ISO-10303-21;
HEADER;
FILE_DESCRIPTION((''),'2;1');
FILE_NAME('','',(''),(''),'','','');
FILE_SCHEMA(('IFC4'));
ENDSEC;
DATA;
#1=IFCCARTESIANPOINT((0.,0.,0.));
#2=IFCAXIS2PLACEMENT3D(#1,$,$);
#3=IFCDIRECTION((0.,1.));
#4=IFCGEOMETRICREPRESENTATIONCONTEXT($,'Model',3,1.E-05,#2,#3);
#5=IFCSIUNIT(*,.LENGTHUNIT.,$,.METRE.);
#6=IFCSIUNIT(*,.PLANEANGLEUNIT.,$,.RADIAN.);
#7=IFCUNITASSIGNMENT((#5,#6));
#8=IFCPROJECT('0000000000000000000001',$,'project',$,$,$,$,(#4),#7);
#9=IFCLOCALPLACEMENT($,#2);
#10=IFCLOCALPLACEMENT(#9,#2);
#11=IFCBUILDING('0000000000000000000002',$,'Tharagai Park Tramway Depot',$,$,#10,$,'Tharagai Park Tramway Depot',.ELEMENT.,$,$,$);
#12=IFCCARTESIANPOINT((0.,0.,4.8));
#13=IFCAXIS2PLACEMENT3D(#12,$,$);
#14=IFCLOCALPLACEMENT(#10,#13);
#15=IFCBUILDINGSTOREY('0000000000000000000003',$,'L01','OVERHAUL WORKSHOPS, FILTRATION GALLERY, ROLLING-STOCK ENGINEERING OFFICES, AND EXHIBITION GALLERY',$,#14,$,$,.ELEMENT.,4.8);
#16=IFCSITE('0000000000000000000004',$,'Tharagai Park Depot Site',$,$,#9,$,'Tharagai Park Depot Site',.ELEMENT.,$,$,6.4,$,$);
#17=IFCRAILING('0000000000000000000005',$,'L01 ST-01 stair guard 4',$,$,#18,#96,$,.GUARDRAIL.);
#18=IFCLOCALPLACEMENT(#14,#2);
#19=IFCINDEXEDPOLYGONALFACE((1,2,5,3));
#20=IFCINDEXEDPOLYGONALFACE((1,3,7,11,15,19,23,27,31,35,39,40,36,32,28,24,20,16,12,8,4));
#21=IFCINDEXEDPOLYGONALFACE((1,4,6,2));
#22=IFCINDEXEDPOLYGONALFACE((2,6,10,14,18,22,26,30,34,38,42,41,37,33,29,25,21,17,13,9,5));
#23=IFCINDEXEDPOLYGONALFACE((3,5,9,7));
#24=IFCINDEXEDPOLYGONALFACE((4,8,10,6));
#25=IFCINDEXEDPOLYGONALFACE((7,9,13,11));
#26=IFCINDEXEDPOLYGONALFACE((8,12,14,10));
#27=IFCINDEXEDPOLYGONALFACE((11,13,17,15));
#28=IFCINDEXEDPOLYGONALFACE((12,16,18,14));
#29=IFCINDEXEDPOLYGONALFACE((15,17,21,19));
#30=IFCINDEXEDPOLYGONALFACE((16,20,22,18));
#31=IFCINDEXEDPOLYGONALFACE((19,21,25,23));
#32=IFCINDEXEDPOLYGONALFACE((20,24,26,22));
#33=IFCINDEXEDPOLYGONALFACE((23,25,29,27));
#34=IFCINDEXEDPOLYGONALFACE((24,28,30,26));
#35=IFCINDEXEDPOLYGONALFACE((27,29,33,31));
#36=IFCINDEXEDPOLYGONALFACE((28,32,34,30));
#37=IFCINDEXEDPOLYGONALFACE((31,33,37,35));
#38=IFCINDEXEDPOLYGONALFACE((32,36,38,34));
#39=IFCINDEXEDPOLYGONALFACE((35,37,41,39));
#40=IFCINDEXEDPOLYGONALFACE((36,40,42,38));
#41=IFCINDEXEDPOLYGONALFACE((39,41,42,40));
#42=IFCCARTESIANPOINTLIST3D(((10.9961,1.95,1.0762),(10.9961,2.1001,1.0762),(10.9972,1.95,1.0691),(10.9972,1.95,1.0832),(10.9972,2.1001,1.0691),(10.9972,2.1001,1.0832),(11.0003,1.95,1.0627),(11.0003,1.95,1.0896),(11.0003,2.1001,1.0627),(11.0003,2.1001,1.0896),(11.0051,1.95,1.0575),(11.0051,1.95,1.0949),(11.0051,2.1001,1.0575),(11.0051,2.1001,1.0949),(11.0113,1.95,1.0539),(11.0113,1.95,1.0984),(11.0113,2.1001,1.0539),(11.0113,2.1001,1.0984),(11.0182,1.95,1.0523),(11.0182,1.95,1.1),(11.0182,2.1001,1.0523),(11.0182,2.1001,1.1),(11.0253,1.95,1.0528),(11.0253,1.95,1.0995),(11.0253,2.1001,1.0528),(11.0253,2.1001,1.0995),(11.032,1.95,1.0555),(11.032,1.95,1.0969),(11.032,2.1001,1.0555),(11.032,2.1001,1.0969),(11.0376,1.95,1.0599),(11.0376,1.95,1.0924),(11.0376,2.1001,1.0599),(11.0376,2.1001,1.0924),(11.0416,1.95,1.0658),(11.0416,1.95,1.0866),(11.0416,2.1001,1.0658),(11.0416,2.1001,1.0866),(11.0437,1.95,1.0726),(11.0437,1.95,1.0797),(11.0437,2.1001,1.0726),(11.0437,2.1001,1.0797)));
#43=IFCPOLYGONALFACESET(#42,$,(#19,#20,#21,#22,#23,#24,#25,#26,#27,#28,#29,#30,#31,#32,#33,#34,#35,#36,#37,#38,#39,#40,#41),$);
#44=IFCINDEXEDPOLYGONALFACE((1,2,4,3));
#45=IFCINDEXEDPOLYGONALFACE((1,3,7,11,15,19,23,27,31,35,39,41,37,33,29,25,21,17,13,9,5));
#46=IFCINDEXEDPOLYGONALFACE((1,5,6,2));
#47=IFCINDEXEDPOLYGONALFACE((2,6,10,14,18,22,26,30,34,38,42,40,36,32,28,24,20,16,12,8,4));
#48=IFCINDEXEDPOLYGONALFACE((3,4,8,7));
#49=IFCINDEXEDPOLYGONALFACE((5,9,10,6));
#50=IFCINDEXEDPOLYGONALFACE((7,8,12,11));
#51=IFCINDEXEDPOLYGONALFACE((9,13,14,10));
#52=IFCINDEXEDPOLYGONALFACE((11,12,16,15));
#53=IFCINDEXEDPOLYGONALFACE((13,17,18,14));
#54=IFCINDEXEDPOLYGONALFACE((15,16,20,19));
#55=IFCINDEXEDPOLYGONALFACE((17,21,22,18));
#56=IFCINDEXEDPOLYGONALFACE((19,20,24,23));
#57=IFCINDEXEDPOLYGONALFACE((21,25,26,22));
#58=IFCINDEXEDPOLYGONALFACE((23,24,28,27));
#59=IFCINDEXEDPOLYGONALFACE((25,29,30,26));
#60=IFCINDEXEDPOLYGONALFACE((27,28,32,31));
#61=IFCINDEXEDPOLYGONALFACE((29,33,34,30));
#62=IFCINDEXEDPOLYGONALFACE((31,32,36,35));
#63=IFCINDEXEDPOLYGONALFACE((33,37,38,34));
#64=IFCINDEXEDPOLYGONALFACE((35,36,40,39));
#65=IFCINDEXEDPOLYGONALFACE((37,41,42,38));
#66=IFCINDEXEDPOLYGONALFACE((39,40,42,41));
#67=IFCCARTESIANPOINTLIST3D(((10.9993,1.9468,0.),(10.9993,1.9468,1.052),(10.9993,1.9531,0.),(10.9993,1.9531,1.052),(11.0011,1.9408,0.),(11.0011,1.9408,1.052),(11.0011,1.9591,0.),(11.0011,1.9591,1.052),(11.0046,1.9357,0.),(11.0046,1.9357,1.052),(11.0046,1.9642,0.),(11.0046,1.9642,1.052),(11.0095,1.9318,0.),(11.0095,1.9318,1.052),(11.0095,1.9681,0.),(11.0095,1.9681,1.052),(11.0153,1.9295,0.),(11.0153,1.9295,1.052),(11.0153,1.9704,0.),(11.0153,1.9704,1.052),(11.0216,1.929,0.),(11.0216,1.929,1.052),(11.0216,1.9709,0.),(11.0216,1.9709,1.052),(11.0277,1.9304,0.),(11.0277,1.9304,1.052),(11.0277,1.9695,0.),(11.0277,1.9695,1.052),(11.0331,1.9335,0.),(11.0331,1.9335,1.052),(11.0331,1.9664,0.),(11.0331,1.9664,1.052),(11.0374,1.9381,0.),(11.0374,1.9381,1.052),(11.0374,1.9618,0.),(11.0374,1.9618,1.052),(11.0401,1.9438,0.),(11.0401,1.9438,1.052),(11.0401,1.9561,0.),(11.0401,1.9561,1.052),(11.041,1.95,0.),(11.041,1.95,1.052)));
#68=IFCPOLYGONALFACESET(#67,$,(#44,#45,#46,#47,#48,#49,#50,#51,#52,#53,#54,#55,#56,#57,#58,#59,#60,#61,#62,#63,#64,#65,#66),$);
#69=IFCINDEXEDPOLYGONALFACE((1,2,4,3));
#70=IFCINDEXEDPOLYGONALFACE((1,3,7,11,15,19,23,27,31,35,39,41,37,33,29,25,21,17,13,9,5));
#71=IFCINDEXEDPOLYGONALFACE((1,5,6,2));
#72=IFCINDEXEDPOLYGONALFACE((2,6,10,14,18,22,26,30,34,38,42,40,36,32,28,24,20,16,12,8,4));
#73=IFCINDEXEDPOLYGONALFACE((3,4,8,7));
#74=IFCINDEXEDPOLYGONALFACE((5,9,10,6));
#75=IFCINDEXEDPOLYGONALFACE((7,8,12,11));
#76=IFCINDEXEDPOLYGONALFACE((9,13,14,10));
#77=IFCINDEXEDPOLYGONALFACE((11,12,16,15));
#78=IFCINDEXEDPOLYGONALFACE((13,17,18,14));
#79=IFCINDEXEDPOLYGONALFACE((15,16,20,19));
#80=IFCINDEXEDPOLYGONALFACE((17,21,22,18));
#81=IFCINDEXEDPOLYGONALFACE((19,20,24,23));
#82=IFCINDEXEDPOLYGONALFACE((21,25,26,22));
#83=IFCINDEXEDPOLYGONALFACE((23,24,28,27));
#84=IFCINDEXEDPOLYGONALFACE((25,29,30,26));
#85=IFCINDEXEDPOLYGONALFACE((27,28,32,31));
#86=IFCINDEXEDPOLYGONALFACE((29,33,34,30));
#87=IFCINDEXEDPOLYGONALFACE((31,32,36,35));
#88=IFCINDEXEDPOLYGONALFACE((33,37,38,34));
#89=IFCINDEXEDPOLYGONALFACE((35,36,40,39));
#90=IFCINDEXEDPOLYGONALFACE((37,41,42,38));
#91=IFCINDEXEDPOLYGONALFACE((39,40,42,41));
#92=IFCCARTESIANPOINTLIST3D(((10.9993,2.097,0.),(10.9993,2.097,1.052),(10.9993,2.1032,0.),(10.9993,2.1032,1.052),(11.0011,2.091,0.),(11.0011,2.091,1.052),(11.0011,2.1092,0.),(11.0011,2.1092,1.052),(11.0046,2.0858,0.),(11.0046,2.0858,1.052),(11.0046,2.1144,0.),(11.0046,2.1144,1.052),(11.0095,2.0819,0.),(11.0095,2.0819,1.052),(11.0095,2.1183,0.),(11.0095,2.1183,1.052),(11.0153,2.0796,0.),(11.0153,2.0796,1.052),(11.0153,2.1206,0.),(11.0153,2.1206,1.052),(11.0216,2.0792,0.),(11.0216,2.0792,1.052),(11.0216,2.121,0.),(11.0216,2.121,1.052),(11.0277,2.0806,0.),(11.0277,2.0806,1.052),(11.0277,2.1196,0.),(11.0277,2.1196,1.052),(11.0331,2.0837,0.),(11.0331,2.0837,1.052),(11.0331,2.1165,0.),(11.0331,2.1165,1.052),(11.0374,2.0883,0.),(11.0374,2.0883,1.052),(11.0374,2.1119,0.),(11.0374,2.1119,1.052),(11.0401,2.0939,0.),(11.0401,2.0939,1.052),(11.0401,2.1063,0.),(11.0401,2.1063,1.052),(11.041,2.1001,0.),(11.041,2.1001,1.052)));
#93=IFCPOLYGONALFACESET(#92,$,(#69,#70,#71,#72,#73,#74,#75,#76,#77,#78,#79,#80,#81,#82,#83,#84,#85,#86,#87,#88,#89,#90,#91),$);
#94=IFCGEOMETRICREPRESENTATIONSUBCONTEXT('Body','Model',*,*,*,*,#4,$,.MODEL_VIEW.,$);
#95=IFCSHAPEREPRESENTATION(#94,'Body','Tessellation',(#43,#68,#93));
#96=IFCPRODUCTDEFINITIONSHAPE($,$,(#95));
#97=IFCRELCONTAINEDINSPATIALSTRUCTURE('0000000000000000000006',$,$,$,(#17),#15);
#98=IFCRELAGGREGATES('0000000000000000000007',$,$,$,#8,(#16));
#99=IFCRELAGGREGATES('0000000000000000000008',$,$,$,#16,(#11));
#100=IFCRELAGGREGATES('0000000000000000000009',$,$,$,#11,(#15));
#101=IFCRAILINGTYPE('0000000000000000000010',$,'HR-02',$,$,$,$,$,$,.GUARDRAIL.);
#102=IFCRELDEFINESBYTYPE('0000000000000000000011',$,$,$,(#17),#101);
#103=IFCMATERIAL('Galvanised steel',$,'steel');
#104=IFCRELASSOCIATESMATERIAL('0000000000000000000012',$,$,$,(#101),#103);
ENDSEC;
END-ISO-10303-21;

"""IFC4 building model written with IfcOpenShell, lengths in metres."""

from ifc_helpers import new_model, si_unit, direction, frame, origin, origin_2d, place, context, subcontext, project, spatial, circle, extrude, material, type_object, element, save


model = new_model("IFC4")

# Units and contexts
model_context = context("Model", 3, precision=1e-05, world=origin(), true_north=direction((0.0, 1.0)))
body_context = subcontext(model_context, "Body", "Model", "MODEL_VIEW")
ifc_project = project(units=[si_unit("LENGTHUNIT", "METRE"), si_unit("PLANEANGLEUNIT", "RADIAN")], contexts=[model_context])

# Site, building, storey
site_placement = place(None, origin())
site = spatial("IfcSite", under=ifc_project, at=site_placement, Name="Tharagai Park Depot Site", LongName="Tharagai Park Depot Site", CompositionType="ELEMENT", RefElevation=6.4)
building_placement = place(site_placement, origin())
building = spatial("IfcBuilding", under=site, at=building_placement, Name="Tharagai Park Tramway Depot", LongName="Tharagai Park Tramway Depot", CompositionType="ELEMENT")
storey_placement = place(building_placement, frame((0.0, 0.0, 4.8)))
storey = spatial("IfcBuildingStorey", under=building, at=storey_placement, Name="L01", Description="OVERHAUL WORKSHOPS, FILTRATION GALLERY, ROLLING-STOCK ENGINEERING OFFICES, AND EXHIBITION GALLERY", CompositionType="ELEMENT", Elevation=4.8)

# Railing
ifc_material_1 = material(Name="Galvanised steel", Category="steel")
railing_type_1 = type_object("IfcRailingType", Name="HR-02", PredefinedType="GUARDRAIL", material=ifc_material_1)
railing_1_placement = place(storey_placement, frame((11.02, 1.95, 0.0)))
element("IfcRailing", 1, at=railing_1_placement, inside=storey, type_object=railing_type_1, Name="L01 ST-01 stair guard 4", PredefinedType="GUARDRAIL", context=body_context, shape_type="SweptSolid", body=[
    extrude(circle(Radius=0.0239, at=origin_2d()), frame((0.0, 0.0, 1.0762), z_axis=(0.0, 1.0, 0.0), x_axis=(-1.0, 0.0, 0.0)), (0.0, 0.0, 1.0), 0.1501),
    extrude(circle(Radius=0.021, at=origin_2d()), origin(), (0.0, 0.0, 1.0), 1.052),
    extrude(circle(Radius=0.021, at=origin_2d()), frame((0.0, 0.1501, 0.0)), (0.0, 0.0, 1.0), 1.052),
])

save(model, "model.ifc")
